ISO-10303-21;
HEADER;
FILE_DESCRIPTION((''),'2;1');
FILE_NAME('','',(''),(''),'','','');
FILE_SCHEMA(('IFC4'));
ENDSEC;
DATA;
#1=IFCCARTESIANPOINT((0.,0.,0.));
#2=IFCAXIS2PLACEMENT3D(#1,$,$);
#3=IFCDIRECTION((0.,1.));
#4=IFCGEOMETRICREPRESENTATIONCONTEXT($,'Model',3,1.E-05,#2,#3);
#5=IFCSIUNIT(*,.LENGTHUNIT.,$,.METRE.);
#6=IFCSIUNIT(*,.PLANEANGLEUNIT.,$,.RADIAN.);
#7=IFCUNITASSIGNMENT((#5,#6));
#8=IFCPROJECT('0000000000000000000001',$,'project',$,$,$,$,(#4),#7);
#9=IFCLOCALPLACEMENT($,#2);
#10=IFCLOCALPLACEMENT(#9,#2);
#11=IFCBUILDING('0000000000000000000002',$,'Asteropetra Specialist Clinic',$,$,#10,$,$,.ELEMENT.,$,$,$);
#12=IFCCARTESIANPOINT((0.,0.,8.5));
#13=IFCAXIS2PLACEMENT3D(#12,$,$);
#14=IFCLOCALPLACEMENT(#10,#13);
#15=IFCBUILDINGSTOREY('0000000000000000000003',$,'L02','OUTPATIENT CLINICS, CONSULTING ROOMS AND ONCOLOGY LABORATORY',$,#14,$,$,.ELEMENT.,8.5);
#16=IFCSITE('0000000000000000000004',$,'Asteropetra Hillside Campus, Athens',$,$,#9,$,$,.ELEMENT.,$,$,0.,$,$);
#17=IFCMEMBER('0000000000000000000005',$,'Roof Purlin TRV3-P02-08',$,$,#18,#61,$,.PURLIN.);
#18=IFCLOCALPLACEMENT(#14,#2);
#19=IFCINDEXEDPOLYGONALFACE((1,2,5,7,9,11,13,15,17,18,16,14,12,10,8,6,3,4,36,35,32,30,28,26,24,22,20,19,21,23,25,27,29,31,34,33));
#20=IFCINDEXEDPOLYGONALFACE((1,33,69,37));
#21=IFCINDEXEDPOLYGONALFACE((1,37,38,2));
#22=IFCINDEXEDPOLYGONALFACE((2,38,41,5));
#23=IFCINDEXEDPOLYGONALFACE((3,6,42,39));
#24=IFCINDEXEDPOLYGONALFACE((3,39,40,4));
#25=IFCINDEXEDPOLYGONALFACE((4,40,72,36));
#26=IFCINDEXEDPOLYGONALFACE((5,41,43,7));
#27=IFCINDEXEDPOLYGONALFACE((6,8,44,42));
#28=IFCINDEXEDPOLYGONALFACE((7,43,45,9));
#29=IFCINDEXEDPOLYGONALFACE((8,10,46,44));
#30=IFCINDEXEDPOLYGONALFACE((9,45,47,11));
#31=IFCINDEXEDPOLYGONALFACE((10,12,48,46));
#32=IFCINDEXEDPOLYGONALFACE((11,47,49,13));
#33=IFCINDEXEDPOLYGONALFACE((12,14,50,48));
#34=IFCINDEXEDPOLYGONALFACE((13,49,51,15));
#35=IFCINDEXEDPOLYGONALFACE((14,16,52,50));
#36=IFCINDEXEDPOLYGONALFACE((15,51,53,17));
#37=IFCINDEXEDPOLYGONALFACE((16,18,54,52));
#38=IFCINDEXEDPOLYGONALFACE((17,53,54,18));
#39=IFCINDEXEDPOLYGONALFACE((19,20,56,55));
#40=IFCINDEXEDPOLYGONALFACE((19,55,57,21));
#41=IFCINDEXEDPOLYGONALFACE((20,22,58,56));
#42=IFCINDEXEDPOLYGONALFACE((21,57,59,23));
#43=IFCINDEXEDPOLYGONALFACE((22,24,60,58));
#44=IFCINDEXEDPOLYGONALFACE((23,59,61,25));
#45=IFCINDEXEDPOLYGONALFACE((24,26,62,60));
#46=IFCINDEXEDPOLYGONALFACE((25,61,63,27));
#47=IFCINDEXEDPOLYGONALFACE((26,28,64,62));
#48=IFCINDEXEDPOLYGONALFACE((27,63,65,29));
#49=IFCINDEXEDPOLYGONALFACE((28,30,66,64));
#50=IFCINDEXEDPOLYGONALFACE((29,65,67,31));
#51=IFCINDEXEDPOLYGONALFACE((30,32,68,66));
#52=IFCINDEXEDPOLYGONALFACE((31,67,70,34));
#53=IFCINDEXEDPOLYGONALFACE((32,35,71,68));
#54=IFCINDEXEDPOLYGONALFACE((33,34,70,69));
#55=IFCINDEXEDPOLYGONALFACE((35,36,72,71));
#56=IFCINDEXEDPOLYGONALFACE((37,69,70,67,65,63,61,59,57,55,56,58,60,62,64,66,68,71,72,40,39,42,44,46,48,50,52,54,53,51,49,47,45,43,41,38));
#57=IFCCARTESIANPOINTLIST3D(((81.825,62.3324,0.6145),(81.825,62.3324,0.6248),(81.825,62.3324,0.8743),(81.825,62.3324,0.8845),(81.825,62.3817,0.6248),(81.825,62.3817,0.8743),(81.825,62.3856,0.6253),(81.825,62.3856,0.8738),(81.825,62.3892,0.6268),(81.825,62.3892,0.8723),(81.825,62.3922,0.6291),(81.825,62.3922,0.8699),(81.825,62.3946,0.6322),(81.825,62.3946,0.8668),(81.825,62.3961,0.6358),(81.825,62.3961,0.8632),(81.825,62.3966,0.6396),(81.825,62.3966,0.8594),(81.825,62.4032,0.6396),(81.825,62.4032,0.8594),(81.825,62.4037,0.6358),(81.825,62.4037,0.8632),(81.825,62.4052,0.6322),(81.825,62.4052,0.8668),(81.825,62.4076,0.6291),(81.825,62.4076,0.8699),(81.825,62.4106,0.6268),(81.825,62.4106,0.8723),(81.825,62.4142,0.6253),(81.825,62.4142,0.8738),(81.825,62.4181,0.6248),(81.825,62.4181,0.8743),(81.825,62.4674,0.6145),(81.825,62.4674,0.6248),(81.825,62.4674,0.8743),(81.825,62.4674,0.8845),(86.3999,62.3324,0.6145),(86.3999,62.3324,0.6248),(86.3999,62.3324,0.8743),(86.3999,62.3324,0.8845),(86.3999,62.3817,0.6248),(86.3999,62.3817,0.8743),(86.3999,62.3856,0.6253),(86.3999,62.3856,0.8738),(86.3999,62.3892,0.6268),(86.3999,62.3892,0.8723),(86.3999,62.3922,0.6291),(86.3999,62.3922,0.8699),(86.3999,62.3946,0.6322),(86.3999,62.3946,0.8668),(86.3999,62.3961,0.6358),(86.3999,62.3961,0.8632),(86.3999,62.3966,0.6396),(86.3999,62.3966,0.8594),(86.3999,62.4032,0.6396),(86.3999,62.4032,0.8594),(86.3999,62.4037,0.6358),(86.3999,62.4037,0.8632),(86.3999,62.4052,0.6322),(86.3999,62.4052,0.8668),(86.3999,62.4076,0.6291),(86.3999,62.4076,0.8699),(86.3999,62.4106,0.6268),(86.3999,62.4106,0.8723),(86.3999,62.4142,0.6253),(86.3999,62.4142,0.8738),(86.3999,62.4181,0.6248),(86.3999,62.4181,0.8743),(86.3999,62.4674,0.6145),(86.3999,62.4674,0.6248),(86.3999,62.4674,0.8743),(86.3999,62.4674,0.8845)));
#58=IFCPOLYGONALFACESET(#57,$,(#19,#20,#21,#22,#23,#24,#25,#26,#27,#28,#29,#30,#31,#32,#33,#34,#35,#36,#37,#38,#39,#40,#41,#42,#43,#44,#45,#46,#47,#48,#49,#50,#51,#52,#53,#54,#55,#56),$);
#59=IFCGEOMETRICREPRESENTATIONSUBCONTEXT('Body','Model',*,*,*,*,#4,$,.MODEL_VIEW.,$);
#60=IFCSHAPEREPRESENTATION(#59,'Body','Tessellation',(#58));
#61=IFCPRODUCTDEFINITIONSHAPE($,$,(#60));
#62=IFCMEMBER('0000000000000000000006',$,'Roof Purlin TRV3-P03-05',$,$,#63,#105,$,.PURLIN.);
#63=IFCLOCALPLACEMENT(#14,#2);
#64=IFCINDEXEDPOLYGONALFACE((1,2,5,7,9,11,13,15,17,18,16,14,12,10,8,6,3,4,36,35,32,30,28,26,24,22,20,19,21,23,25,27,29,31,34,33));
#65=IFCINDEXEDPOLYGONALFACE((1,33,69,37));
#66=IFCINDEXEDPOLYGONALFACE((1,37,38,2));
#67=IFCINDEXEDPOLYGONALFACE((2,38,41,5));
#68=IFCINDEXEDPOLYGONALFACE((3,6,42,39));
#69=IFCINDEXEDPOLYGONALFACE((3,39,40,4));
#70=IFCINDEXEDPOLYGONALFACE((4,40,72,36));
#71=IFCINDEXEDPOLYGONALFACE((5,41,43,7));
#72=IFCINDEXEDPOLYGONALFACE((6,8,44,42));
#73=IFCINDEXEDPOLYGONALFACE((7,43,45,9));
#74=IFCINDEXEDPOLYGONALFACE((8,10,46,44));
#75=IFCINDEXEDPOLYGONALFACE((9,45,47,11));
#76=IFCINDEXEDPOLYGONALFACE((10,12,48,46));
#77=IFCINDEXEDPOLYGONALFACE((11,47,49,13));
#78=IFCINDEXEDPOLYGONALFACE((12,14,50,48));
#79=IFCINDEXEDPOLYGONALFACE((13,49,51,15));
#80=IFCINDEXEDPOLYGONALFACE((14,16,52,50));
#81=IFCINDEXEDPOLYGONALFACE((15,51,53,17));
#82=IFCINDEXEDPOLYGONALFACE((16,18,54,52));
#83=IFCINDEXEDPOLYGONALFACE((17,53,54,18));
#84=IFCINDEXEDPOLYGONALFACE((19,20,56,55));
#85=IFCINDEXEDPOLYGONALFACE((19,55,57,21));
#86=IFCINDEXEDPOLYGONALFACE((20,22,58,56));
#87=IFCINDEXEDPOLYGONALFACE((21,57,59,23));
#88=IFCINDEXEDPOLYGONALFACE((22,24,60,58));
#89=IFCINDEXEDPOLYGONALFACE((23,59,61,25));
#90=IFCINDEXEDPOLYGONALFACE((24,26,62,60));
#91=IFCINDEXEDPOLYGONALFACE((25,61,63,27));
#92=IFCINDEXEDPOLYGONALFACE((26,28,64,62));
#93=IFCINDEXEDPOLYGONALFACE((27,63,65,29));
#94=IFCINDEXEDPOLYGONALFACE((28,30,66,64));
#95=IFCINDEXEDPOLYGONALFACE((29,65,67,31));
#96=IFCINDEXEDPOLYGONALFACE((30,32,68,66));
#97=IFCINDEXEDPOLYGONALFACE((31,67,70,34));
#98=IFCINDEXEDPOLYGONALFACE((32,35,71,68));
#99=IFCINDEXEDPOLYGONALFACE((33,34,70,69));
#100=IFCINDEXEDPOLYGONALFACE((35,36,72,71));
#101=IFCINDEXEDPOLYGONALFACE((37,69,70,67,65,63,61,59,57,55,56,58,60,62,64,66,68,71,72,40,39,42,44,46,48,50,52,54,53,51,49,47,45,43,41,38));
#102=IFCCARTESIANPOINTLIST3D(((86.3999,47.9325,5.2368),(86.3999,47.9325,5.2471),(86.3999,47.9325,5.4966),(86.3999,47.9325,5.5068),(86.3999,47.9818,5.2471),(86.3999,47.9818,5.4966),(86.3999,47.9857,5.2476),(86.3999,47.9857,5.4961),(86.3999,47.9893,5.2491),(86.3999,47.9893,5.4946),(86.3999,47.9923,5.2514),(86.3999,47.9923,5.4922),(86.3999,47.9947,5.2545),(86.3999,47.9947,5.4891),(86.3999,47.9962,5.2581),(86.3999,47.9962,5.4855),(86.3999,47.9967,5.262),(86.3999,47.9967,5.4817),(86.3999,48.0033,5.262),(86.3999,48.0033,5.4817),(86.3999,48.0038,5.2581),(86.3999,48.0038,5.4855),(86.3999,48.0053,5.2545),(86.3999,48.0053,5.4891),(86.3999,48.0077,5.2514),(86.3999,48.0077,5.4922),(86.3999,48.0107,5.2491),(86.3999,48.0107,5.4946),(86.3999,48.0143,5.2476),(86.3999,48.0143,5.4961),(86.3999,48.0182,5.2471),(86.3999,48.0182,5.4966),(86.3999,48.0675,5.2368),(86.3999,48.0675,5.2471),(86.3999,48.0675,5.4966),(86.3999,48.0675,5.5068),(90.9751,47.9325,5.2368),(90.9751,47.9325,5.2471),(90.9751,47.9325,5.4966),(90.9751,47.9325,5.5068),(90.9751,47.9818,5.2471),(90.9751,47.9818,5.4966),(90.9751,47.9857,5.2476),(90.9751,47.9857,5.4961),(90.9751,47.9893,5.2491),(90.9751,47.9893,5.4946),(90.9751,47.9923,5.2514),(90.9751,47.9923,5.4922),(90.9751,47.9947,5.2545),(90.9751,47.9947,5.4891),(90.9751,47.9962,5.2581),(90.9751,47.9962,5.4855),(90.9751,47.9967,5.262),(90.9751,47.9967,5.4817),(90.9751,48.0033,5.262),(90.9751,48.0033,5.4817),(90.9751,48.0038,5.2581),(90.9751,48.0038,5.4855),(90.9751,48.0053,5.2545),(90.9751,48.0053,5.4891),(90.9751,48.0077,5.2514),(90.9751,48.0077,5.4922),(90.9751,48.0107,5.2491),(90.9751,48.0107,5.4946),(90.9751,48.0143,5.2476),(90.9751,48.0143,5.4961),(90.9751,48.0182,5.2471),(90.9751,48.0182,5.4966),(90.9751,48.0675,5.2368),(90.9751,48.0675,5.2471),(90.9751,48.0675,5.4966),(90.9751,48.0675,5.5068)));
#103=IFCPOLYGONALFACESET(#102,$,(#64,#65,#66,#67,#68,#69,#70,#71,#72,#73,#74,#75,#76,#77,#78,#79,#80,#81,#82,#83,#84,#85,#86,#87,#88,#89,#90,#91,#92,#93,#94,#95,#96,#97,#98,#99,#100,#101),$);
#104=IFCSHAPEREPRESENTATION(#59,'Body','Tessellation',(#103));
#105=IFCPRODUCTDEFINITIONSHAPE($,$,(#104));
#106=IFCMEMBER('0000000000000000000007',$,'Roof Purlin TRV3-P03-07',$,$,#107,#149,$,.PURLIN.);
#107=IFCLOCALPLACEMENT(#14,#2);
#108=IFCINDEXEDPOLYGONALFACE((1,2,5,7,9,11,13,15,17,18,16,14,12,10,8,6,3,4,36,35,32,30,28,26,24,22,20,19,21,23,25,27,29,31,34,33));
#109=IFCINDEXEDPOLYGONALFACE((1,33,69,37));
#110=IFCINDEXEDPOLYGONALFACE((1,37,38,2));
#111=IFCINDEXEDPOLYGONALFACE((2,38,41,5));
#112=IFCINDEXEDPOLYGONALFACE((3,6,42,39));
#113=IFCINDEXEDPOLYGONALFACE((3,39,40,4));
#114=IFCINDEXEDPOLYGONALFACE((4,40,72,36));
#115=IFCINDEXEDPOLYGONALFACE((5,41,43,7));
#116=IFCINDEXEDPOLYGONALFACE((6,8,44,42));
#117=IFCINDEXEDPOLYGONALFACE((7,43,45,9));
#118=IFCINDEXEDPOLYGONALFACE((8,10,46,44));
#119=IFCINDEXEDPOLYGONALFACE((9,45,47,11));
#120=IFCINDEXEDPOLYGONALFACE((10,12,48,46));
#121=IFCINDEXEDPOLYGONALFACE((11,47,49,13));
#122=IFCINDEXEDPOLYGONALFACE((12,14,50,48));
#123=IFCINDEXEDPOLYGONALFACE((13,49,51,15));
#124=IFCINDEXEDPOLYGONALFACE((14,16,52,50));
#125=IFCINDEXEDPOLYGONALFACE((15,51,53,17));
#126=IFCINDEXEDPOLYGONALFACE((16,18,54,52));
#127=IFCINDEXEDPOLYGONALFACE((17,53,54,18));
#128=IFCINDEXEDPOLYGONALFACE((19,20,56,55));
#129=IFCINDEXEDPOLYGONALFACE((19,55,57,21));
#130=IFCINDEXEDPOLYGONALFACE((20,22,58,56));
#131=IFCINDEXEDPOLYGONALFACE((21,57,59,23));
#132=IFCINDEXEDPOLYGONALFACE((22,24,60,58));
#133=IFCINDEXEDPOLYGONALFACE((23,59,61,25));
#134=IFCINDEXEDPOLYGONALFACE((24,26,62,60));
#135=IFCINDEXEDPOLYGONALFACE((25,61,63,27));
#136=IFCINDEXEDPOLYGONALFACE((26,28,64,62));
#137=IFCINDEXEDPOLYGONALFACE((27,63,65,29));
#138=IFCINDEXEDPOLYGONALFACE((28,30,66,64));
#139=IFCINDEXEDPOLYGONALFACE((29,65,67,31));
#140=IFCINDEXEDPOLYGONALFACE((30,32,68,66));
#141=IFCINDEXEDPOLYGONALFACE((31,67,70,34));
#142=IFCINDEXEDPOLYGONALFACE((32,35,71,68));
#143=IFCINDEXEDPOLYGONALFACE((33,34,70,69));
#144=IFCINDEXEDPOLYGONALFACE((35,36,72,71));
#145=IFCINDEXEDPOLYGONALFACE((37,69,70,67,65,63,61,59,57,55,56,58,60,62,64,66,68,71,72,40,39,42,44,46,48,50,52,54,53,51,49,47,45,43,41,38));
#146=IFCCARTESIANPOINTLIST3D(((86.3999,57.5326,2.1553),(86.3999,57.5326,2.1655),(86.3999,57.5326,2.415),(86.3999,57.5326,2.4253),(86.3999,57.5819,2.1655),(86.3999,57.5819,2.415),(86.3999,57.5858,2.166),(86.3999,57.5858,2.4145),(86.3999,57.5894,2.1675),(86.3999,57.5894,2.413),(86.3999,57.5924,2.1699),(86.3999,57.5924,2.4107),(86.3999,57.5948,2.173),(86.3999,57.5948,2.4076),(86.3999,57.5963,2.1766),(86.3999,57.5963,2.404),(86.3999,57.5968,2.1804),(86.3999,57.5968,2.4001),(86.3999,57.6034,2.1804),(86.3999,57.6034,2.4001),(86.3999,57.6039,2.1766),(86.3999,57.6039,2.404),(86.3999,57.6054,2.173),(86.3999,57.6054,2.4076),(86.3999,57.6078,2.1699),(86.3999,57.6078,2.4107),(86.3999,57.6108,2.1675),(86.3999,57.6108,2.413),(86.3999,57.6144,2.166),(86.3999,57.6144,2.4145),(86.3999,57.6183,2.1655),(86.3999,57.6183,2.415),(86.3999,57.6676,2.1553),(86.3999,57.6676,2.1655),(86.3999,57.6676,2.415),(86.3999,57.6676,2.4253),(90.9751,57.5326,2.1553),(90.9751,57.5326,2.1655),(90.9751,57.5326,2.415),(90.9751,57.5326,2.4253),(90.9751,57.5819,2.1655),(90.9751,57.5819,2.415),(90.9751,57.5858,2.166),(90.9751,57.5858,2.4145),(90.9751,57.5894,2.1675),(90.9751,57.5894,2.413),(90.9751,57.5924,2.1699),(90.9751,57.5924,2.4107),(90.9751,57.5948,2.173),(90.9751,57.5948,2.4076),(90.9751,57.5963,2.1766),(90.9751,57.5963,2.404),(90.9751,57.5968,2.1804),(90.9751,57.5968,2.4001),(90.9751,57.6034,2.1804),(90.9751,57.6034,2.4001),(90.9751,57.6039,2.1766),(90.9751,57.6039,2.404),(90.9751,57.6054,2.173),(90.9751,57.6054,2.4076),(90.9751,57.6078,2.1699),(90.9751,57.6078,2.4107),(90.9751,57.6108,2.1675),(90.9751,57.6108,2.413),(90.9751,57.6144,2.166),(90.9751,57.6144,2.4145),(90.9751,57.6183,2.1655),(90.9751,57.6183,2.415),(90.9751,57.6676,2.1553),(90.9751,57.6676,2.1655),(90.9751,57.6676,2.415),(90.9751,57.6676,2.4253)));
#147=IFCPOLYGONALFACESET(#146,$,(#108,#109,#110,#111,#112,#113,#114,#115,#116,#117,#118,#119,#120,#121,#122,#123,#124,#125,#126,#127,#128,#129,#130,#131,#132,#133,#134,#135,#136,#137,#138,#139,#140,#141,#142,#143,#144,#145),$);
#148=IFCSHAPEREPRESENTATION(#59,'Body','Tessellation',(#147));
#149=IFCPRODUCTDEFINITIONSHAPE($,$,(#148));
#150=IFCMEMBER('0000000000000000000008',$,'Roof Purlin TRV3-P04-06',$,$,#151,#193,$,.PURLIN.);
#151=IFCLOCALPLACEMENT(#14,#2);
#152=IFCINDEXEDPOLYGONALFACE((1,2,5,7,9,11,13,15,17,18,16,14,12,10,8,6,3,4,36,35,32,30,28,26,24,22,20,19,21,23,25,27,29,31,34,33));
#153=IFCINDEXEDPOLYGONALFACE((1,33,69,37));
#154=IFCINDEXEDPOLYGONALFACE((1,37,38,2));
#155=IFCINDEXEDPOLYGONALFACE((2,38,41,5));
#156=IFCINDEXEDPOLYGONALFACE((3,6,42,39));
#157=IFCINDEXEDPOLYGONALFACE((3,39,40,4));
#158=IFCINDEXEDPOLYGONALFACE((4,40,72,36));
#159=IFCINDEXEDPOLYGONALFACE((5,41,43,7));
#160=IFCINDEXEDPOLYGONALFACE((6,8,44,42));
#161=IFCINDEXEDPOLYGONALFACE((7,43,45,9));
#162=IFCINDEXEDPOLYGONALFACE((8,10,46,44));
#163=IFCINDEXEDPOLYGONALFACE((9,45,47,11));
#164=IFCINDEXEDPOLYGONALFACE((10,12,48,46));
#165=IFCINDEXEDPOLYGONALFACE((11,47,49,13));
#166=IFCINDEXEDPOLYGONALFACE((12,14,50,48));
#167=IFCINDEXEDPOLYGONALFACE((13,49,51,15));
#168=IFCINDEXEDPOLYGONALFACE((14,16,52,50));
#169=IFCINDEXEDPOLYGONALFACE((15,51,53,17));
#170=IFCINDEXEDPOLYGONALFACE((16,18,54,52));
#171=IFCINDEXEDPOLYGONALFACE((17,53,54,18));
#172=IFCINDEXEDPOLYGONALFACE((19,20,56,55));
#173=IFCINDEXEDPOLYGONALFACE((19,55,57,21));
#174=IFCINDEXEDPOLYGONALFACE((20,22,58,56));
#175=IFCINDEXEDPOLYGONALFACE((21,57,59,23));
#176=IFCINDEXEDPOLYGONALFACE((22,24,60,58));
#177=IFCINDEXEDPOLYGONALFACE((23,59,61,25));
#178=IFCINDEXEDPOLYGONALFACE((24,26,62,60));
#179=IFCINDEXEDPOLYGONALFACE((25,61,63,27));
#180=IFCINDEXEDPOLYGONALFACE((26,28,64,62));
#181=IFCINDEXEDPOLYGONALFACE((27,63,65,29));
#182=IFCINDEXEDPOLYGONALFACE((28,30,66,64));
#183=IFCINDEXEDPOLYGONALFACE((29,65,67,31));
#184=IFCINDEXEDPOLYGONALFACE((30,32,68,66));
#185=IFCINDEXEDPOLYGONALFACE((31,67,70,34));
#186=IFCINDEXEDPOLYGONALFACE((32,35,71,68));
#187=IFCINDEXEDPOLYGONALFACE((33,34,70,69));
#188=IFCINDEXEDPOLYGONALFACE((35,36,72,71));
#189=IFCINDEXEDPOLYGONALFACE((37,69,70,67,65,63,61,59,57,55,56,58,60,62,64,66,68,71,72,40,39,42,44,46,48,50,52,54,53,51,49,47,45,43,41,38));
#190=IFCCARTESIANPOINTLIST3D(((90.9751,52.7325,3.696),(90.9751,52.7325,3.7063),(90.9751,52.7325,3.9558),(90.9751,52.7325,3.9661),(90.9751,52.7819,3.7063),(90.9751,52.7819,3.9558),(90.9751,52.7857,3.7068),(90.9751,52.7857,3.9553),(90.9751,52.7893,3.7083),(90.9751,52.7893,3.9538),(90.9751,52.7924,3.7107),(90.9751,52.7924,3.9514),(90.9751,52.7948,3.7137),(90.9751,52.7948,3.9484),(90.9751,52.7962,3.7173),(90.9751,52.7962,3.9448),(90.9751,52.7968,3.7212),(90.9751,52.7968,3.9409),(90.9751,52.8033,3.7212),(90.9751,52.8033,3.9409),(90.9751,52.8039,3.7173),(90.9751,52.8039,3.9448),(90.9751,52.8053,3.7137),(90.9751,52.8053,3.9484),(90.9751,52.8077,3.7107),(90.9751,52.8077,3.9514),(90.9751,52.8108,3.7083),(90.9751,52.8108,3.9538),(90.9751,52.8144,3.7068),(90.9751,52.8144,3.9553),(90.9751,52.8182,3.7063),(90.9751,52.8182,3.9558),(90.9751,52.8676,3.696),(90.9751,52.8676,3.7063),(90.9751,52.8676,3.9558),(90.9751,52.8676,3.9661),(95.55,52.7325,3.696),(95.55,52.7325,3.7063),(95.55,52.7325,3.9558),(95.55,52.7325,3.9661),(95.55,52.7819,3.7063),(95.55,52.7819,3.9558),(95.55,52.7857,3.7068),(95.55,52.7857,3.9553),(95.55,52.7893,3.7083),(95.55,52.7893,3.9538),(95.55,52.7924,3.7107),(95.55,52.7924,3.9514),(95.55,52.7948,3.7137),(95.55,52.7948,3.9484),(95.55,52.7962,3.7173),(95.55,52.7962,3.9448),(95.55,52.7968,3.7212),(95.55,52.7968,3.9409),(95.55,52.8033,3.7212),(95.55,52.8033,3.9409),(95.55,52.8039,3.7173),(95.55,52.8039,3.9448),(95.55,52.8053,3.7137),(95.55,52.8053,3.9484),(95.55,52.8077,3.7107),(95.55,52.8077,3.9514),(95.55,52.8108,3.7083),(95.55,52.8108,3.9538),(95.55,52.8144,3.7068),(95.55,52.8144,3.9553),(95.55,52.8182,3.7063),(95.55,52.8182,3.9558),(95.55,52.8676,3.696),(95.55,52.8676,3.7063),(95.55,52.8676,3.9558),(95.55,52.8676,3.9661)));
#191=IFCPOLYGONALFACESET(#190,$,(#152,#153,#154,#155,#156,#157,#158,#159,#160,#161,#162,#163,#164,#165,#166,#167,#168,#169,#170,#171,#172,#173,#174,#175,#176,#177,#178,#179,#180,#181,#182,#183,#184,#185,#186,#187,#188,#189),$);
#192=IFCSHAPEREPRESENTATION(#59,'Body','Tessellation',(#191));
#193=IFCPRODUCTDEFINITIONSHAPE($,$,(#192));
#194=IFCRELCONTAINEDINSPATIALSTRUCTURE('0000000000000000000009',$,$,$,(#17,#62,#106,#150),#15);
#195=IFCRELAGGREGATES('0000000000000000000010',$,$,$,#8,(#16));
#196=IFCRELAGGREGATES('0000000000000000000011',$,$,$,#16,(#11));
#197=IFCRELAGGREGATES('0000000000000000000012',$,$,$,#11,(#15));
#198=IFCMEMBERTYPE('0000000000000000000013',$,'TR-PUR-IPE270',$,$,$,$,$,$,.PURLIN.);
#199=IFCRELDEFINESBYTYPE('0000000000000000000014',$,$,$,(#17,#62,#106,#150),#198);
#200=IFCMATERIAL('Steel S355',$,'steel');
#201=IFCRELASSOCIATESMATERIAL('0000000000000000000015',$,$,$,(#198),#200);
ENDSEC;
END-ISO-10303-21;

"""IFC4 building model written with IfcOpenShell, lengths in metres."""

from ifc_helpers import new_model, si_unit, direction, frame, origin, origin_2d, place, context, subcontext, project, spatial, i_section, extrude, material, material_profile, profile_set, type_object, element, save


model = new_model("IFC4")

# Units and contexts
model_context = context("Model", 3, precision=1e-05, world=origin(), true_north=direction((0.0, 1.0)))
body_context = subcontext(model_context, "Body", "Model", "MODEL_VIEW")
ifc_project = project(units=[si_unit("LENGTHUNIT", "METRE"), si_unit("PLANEANGLEUNIT", "RADIAN")], contexts=[model_context])

# Site, building, storey
site_placement = place(None, origin())
site = spatial("IfcSite", under=ifc_project, at=site_placement, Name="Asteropetra Hillside Campus, Athens", CompositionType="ELEMENT", RefElevation=0.0)
building_placement = place(site_placement, origin())
building = spatial("IfcBuilding", under=site, at=building_placement, Name="Asteropetra Specialist Clinic", CompositionType="ELEMENT")
storey_placement = place(building_placement, frame((0.0, 0.0, 8.5)))
storey = spatial("IfcBuildingStorey", under=building, at=storey_placement, Name="L02", Description="OUTPATIENT CLINICS, CONSULTING ROOMS AND ONCOLOGY LABORATORY", CompositionType="ELEMENT", Elevation=8.5)

# Members
ifc_material_1 = material(Name="Steel S355", Category="steel")
ifc_material_profile_1 = material_profile(ifc_material_1, i_section(OverallWidth=0.135, OverallDepth=0.27, WebThickness=0.0066, FlangeThickness=0.0103, FilletRadius=0.0149, at=origin_2d()), Name="IPE 270")
ifc_profile_set_1 = profile_set([ifc_material_profile_1], Name="Steel S355")
member_type_1 = type_object("IfcMemberType", Name="TR-PUR-IPE270", PredefinedType="PURLIN", material=ifc_profile_set_1)
member_1_placement = place(storey_placement, frame((81.825, 62.3999, 0.7495), z_axis=(1.0, 0.0, 0.0), x_axis=(0.0, 1.0, 0.0)))
element("IfcMember", 1, at=member_1_placement, inside=storey, type_object=member_type_1, Name="Roof Purlin TRV3-P02-08", PredefinedType="PURLIN", context=body_context, shape_type="SweptSolid", body=[
    extrude(i_section(OverallWidth=0.135, OverallDepth=0.27, WebThickness=0.0066, FlangeThickness=0.0103, FilletRadius=0.0149, at=origin_2d()), origin(), (0.0, 0.0, 1.0), 4.575),
])
for number, where, z_axis, x_axis, name in (
    (2, (86.3999, 48.0, 5.3718), (1.0, 0.0, 0.0), (0.0, 1.0, 0.0), "Roof Purlin TRV3-P03-05"),
    (3, (86.3999, 57.6001, 2.2903), (1.0, 0.0, 0.0), (0.0, 1.0, 0.0), "Roof Purlin TRV3-P03-07"),
):
    element("IfcMember", number, at=place(storey_placement, frame(where, z_axis=z_axis, x_axis=x_axis)), inside=storey, type_object=member_type_1, Name=name, PredefinedType="PURLIN", context=body_context, shape_type="SweptSolid", body=[
        extrude(i_section(OverallWidth=0.135, OverallDepth=0.27, WebThickness=0.0066, FlangeThickness=0.0103, FilletRadius=0.0149, at=origin_2d()), origin(), (0.0, 0.0, 1.0), 4.5752),
    ])
member_2_placement = place(storey_placement, frame((90.9751, 52.8, 3.8311), z_axis=(1.0, 0.0, 0.0), x_axis=(0.0, 1.0, 0.0)))
element("IfcMember", 4, at=member_2_placement, inside=storey, type_object=member_type_1, Name="Roof Purlin TRV3-P04-06", PredefinedType="PURLIN", context=body_context, shape_type="SweptSolid", body=[
    extrude(i_section(OverallWidth=0.135, OverallDepth=0.27, WebThickness=0.0066, FlangeThickness=0.0103, FilletRadius=0.0149, at=origin_2d()), origin(), (0.0, 0.0, 1.0), 4.575),
])

save(model, "model.ifc")
